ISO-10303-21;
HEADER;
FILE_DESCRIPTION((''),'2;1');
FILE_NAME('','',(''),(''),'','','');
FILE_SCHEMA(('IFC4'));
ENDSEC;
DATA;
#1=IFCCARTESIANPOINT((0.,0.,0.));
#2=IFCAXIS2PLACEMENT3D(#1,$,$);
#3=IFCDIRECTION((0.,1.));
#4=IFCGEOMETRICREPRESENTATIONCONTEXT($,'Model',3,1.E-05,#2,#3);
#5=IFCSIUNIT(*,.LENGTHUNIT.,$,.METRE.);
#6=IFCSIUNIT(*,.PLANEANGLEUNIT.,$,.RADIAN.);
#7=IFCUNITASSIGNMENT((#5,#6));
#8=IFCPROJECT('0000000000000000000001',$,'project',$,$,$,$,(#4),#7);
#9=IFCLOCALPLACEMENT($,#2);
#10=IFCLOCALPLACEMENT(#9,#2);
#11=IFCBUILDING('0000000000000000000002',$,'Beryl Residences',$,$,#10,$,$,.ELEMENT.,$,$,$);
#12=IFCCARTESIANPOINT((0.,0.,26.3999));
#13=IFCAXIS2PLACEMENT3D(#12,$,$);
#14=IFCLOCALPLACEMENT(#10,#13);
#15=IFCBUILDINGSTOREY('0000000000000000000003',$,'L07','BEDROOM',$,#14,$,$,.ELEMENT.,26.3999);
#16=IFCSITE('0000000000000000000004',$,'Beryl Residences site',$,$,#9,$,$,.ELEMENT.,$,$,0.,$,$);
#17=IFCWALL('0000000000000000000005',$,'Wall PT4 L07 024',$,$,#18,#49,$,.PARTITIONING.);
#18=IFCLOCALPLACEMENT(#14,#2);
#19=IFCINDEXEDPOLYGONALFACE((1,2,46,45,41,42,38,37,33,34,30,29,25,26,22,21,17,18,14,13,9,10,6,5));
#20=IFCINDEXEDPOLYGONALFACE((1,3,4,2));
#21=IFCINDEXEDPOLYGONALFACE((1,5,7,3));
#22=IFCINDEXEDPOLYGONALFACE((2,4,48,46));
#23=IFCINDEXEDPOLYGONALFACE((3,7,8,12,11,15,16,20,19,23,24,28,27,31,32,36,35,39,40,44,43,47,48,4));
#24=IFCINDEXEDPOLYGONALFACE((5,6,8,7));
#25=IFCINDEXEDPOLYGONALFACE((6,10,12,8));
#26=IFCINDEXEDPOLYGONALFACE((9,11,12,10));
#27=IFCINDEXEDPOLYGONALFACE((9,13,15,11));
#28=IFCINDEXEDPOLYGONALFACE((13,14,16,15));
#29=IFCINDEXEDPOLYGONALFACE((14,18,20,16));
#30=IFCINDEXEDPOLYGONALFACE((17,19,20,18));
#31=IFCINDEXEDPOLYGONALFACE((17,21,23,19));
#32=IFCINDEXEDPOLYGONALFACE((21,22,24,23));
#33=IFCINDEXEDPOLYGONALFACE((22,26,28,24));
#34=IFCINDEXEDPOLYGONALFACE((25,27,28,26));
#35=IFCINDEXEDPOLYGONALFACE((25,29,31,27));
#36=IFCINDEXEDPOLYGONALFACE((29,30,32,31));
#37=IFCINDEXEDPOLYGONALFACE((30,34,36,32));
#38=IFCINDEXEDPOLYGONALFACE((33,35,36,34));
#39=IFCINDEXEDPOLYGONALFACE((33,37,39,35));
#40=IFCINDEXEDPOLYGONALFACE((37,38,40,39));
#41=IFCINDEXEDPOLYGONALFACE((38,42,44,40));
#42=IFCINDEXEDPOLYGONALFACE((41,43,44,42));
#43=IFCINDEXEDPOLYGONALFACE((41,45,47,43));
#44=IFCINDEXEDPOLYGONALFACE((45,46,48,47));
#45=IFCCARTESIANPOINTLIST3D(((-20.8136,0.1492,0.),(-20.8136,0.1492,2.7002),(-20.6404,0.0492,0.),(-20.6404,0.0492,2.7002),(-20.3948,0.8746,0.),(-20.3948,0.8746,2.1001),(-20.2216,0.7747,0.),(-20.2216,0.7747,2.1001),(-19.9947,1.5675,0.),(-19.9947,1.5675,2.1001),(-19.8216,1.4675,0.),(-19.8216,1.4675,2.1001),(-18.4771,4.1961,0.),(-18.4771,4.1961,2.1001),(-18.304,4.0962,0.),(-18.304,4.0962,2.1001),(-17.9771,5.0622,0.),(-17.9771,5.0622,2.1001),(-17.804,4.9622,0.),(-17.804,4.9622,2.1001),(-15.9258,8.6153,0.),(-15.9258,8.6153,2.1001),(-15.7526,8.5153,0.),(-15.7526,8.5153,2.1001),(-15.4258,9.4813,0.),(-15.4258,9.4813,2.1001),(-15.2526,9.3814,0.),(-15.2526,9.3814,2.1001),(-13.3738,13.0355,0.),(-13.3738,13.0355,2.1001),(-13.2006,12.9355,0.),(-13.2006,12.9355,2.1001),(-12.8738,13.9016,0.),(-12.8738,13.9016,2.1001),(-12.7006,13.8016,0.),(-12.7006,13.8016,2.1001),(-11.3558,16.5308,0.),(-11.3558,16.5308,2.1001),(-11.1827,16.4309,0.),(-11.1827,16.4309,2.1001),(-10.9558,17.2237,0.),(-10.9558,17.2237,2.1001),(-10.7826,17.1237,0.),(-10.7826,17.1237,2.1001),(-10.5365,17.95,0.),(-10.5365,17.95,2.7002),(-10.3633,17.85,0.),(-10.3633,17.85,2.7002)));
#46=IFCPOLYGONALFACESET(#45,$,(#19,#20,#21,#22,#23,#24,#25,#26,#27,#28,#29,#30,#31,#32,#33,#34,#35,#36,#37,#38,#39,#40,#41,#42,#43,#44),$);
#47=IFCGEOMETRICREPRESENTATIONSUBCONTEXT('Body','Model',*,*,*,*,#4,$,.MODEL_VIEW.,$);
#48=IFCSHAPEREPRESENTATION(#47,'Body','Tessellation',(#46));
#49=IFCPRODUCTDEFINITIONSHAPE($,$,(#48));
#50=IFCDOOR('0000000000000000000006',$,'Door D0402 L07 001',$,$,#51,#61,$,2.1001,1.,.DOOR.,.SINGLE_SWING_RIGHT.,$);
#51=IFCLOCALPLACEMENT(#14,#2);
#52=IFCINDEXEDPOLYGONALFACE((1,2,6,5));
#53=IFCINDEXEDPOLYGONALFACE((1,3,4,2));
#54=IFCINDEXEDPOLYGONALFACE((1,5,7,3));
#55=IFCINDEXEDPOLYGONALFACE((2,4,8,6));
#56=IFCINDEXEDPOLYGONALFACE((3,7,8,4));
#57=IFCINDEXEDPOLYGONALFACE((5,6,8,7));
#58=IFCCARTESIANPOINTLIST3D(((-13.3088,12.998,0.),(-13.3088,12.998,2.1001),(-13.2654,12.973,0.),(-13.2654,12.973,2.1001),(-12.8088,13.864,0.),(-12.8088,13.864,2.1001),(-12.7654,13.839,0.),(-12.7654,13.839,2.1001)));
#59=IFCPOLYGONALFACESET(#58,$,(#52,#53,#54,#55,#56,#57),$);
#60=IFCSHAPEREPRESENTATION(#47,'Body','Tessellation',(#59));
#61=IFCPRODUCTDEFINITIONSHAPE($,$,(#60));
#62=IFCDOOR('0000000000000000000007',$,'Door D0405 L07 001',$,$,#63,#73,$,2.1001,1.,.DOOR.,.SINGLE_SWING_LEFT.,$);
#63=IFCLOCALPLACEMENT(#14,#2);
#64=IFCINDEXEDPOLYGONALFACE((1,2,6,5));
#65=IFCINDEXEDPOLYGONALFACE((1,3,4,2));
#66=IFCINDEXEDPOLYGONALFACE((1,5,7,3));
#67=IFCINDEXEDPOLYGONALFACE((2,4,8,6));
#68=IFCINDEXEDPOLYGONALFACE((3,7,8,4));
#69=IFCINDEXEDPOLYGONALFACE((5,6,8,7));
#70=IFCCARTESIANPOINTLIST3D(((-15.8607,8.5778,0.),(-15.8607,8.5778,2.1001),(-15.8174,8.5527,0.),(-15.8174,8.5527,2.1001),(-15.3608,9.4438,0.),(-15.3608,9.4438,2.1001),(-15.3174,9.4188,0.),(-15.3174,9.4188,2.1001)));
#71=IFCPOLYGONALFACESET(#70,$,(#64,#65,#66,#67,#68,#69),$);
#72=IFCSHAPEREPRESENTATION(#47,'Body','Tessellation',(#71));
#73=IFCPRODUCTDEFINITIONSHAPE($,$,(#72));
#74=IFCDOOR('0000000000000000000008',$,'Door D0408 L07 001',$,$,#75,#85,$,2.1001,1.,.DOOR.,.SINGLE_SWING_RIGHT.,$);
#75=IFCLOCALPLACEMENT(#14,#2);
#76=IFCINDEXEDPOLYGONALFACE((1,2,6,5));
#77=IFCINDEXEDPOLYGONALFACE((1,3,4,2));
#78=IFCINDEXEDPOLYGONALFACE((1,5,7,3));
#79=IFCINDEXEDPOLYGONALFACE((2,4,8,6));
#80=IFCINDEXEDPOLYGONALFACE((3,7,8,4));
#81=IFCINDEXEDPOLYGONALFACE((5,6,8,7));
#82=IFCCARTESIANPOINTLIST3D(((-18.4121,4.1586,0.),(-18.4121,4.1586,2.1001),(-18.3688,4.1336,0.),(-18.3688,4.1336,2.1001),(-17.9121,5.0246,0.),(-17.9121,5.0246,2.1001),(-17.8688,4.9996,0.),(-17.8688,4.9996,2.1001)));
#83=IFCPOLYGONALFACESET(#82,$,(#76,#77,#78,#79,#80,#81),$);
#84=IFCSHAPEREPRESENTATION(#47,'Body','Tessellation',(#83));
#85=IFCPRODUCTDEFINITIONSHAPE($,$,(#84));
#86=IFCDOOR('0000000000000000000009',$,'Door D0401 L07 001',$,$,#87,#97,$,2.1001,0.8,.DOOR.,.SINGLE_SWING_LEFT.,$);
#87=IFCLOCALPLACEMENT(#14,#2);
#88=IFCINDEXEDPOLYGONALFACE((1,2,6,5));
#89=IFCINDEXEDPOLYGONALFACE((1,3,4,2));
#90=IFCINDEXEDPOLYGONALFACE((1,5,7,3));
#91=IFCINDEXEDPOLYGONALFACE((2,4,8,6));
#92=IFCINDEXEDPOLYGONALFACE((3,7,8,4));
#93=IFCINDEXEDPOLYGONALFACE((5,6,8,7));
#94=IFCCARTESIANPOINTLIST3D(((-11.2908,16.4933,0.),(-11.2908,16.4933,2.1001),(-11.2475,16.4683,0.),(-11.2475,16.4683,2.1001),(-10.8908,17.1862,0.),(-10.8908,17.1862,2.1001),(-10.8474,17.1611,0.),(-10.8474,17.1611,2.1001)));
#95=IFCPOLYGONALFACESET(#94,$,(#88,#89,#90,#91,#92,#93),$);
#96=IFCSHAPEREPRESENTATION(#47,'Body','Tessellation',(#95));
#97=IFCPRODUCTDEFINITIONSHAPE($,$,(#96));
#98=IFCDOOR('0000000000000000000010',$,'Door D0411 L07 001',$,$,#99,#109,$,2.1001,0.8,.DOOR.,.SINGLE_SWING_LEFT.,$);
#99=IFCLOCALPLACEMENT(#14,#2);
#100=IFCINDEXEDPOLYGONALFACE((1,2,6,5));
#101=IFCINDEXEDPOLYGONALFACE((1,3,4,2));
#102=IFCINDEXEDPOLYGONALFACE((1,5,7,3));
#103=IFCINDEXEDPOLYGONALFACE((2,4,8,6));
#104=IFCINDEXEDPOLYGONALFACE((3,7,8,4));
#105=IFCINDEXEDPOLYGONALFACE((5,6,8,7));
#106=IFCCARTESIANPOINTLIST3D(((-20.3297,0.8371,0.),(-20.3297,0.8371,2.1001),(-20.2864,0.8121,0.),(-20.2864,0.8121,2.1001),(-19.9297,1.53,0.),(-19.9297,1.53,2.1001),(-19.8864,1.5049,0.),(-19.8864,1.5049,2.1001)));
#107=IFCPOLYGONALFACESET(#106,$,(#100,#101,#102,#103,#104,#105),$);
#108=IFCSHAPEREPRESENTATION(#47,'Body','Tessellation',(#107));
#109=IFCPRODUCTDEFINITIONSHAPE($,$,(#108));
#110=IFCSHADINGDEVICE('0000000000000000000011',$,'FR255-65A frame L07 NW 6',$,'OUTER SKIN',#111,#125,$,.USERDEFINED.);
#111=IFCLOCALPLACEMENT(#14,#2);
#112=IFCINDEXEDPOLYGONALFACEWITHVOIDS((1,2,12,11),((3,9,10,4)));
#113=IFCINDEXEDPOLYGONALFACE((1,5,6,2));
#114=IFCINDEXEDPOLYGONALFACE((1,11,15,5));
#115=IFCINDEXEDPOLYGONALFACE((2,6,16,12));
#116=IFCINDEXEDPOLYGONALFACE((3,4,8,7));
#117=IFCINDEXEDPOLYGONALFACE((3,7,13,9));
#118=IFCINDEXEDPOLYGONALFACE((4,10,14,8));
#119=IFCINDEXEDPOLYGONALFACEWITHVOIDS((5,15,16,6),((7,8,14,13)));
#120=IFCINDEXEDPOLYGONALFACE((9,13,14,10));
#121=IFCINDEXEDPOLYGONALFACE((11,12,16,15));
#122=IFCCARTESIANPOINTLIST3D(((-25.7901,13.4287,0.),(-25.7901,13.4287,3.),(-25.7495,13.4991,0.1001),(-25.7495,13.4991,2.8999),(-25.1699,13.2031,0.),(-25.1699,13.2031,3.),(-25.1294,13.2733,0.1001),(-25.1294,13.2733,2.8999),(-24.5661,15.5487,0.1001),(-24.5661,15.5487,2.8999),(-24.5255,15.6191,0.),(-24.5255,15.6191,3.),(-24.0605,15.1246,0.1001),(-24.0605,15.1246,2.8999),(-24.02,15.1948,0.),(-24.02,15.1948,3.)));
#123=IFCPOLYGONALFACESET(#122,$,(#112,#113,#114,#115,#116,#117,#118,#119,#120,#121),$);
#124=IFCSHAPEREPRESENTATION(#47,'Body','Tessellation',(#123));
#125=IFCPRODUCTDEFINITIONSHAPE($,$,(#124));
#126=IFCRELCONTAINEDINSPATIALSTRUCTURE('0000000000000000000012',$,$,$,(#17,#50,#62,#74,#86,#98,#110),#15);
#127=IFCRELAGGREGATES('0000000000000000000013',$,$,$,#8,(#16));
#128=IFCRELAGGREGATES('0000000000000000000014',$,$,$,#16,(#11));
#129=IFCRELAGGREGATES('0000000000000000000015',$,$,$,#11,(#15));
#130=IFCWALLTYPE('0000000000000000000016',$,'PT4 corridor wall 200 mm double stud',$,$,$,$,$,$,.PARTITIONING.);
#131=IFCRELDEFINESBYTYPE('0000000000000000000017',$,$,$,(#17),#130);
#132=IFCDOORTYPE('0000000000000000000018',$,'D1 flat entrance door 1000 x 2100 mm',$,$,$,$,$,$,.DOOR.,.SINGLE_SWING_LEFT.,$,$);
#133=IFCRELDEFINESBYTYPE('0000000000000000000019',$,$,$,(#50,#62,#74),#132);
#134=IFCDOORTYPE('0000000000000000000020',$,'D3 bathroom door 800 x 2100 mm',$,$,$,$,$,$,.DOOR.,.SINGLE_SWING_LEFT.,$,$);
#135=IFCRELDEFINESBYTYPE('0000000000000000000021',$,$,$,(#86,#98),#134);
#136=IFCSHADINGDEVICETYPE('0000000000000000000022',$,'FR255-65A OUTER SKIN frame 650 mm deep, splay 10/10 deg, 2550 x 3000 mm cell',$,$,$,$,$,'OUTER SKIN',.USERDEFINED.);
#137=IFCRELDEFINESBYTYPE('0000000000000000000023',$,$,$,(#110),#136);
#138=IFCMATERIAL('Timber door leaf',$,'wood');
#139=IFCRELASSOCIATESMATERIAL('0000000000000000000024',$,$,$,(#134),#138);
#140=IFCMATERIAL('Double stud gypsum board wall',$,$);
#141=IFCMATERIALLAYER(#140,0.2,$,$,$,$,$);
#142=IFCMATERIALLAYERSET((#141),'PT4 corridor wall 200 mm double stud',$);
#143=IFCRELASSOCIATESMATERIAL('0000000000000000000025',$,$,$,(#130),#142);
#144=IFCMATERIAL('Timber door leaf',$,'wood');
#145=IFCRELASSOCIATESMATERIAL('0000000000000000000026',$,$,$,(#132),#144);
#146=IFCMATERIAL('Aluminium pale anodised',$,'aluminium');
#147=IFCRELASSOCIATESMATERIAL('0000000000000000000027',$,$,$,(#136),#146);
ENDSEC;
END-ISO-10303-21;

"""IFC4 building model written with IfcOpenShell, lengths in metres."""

from ifc_helpers import new_model, entity, si_unit, direction, frame, frame_2d, origin, place, context, subcontext, project, spatial, rectangle, extrude, source, transform, mapped, material, layer, layer_set, type_object, type_shapes, element, fill, save


model = new_model("IFC4")

# Units and contexts
model_context = context("Model", 3, precision=1e-05, world=origin(), true_north=direction((0.0, 1.0)))
body_context = subcontext(model_context, "Body", "Model", "MODEL_VIEW")
ifc_project = project(units=[si_unit("LENGTHUNIT", "METRE"), si_unit("PLANEANGLEUNIT", "RADIAN")], contexts=[model_context])

# Site, building, storey
site_placement = place(None, origin())
site = spatial("IfcSite", under=ifc_project, at=site_placement, Name="Beryl Residences site", CompositionType="ELEMENT", RefElevation=0.0)
building_placement = place(site_placement, origin())
building = spatial("IfcBuilding", under=site, at=building_placement, Name="Beryl Residences", CompositionType="ELEMENT")
storey_placement = place(building_placement, frame((0.0, 0.0, 26.3999)))
storey = spatial("IfcBuildingStorey", under=building, at=storey_placement, Name="L07", Description="BEDROOM", CompositionType="ELEMENT", Elevation=26.3999)

# Shared definitions
ifc_material_1 = material(Name="Timber door leaf", Category="wood")
door_type_1 = type_object("IfcDoorType", Name="D3 bathroom door 800 x 2100 mm", OperationType="SINGLE_SWING_LEFT", PredefinedType="DOOR", material=ifc_material_1)

# Shared definitions
ifc_material_2 = material(Name="Double stud gypsum board wall")
ifc_layer_1 = layer(ifc_material_2, 0.2)
ifc_layer_set_1 = layer_set([ifc_layer_1], Name="PT4 corridor wall 200 mm double stud")
wall_type_1 = type_object("IfcWallType", Name="PT4 corridor wall 200 mm double stud", PredefinedType="PARTITIONING", material=ifc_layer_set_1)

# Shared definitions
ifc_material_3 = material(Name="Timber door leaf", Category="wood")
door_type_2 = type_object("IfcDoorType", Name="D1 flat entrance door 1000 x 2100 mm", OperationType="SINGLE_SWING_LEFT", PredefinedType="DOOR", material=ifc_material_3)

# Wall, openings, doors
wall_1_placement = place(storey_placement, frame((-20.7271, 0.0991, 0.0), z_axis=(0.0, 0.0, 1.0), x_axis=(0.499993, 0.866029, 0.0)))
wall_1 = element("IfcWall", 1, at=wall_1_placement, inside=storey, type_object=wall_type_1, Name="Wall PT4 L07 024", PredefinedType="PARTITIONING", context=body_context, shape_type="SweptSolid", body=[
    extrude(rectangle(XDim=20.5544, YDim=0.2, at=frame_2d((10.2773, 0.0))), origin(), (0.0, 0.0, 1.0), 2.7002),
])
opening_1_placement = place(wall_1_placement, frame((18.916, 0.0, 0.0)))
opening_1 = element("IfcOpeningElement", 2, at=opening_1_placement, cuts=wall_1, PredefinedType="OPENING", context=body_context, shape_type="SweptSolid", body=[
    extrude(rectangle(XDim=0.8, YDim=2.1001, at=frame_2d((0.3999, 1.05))), frame((0.0, 0.1099, 0.0), z_axis=(0.0, -1.0, 0.0), x_axis=(1.0, 0.0, 0.0)), (0.0, 0.0, 1.0), 0.22),
])
opening_2_placement = place(wall_1_placement, frame((14.8799, 0.0, 0.0)))
opening_2 = element("IfcOpeningElement", 3, at=opening_2_placement, cuts=wall_1, PredefinedType="OPENING", context=body_context, shape_type="SweptSolid", body=[
    extrude(rectangle(XDim=1.0, YDim=2.1001, at=frame_2d((0.5, 1.05))), frame((0.0, 0.1099, 0.0), z_axis=(0.0, -1.0, 0.0), x_axis=(1.0, 0.0, 0.0)), (0.0, 0.0, 1.0), 0.22),
])
opening_3_placement = place(wall_1_placement, frame((9.7759, 0.0, 0.0)))
opening_3 = element("IfcOpeningElement", 4, at=opening_3_placement, cuts=wall_1, PredefinedType="OPENING", context=body_context, shape_type="SweptSolid", body=[
    extrude(rectangle(XDim=1.0, YDim=2.1001, at=frame_2d((0.5, 1.05))), frame((0.0, 0.1099, 0.0), z_axis=(0.0, -1.0, 0.0), x_axis=(1.0, 0.0, 0.0)), (0.0, 0.0, 1.0), 0.22),
])
opening_4_placement = place(wall_1_placement, frame((4.6731, 0.0, 0.0)))
opening_4 = element("IfcOpeningElement", 5, at=opening_4_placement, cuts=wall_1, PredefinedType="OPENING", context=body_context, shape_type="SweptSolid", body=[
    extrude(rectangle(XDim=1.0, YDim=2.1001, at=frame_2d((0.5, 1.05))), frame((0.0, 0.1099, 0.0), z_axis=(0.0, -1.0, 0.0), x_axis=(1.0, 0.0, 0.0)), (0.0, 0.0, 1.0), 0.22),
])
opening_5_placement = place(wall_1_placement, frame((0.8379, 0.0, 0.0)))
opening_5 = element("IfcOpeningElement", 6, at=opening_5_placement, cuts=wall_1, PredefinedType="OPENING", context=body_context, shape_type="SweptSolid", body=[
    extrude(rectangle(XDim=0.8, YDim=2.1001, at=frame_2d((0.3999, 1.05))), frame((0.0, 0.1099, 0.0), z_axis=(0.0, -1.0, 0.0), x_axis=(1.0, 0.0, 0.0)), (0.0, 0.0, 1.0), 0.22),
])
door_1_placement = place(opening_2_placement, origin())
door_1 = element("IfcDoor", 7, at=door_1_placement, inside=storey, type_object=door_type_2, Name="Door D0402 L07 001", OperationType="SINGLE_SWING_RIGHT", OverallHeight=2.1001, OverallWidth=1.0, PredefinedType="DOOR", context=body_context, shape_type="SweptSolid", body=[
    extrude(rectangle(XDim=1.0, YDim=2.1001, at=frame_2d((0.5, 1.05))), frame((0.0, 0.0249, 0.0), z_axis=(0.0, -1.0, 0.0), x_axis=(1.0, 0.0, 0.0)), (0.0, 0.0, 1.0), 0.05),
])
fill(opening_2, door_1)
door_2_placement = place(opening_3_placement, origin())
door_2 = element("IfcDoor", 8, at=door_2_placement, inside=storey, type_object=door_type_2, Name="Door D0405 L07 001", OperationType="SINGLE_SWING_LEFT", OverallHeight=2.1001, OverallWidth=1.0, PredefinedType="DOOR", context=body_context, shape_type="SweptSolid", body=[
    extrude(rectangle(XDim=1.0, YDim=2.1001, at=frame_2d((0.5, 1.05))), frame((0.0, 0.0249, 0.0), z_axis=(0.0, -1.0, 0.0), x_axis=(1.0, 0.0, 0.0)), (0.0, 0.0, 1.0), 0.05),
])
fill(opening_3, door_2)
door_3_placement = place(opening_4_placement, origin())
door_3 = element("IfcDoor", 9, at=door_3_placement, inside=storey, type_object=door_type_2, Name="Door D0408 L07 001", OperationType="SINGLE_SWING_RIGHT", OverallHeight=2.1001, OverallWidth=1.0, PredefinedType="DOOR", context=body_context, shape_type="SweptSolid", body=[
    extrude(rectangle(XDim=1.0, YDim=2.1001, at=frame_2d((0.5, 1.05))), frame((0.0, 0.0249, 0.0), z_axis=(0.0, -1.0, 0.0), x_axis=(1.0, 0.0, 0.0)), (0.0, 0.0, 1.0), 0.05),
])
fill(opening_4, door_3)
door_4_placement = place(opening_1_placement, origin())
door_4 = element("IfcDoor", 10, at=door_4_placement, inside=storey, type_object=door_type_1, Name="Door D0401 L07 001", OperationType="SINGLE_SWING_LEFT", OverallHeight=2.1001, OverallWidth=0.8, PredefinedType="DOOR", context=body_context, shape_type="SweptSolid", body=[
    extrude(rectangle(XDim=0.8, YDim=2.1001, at=frame_2d((0.3999, 1.05))), frame((0.0, 0.0249, 0.0), z_axis=(0.0, -1.0, 0.0), x_axis=(1.0, 0.0, 0.0)), (0.0, 0.0, 1.0), 0.05),
])
fill(opening_1, door_4)
door_5_placement = place(opening_5_placement, origin())
door_5 = element("IfcDoor", 11, at=door_5_placement, inside=storey, type_object=door_type_1, Name="Door D0411 L07 001", OperationType="SINGLE_SWING_LEFT", OverallHeight=2.1001, OverallWidth=0.8, PredefinedType="DOOR", context=body_context, shape_type="SweptSolid", body=[
    extrude(rectangle(XDim=0.8, YDim=2.1001, at=frame_2d((0.3999, 1.05))), frame((0.0, 0.0249, 0.0), z_axis=(0.0, -1.0, 0.0), x_axis=(1.0, 0.0, 0.0)), (0.0, 0.0, 1.0), 0.05),
])
fill(opening_5, door_5)

# Shading device
ifc_material_4 = material(Name="Aluminium pale anodised", Category="aluminium")
shading_device_type = type_object("IfcShadingDeviceType", Name="FR255-65A OUTER SKIN frame 650 mm deep, splay 10/10 deg, 2550 x 3000 mm cell", ElementType="OUTER SKIN", PredefinedType="USERDEFINED", material=ifc_material_4)
cartesian_point_1 = entity("IfcCartesianPoint", [-1.1499, 0.0])
cartesian_point_2 = entity("IfcCartesianPoint", [-1.0688, 0.1001])
cartesian_point_3 = entity("IfcCartesianPoint", [-1.2646, 0.0])
cartesian_point_4 = entity("IfcCartesianPoint", [-1.1833, 0.1001])
shared_shape = source(origin(), body_context, "Body", "SweptSolid", [
    entity("IfcExtrudedAreaSolidTapered", entity("IfcArbitraryProfileDefWithVoids", "AREA", None, entity("IfcPolyline", [cartesian_point_1, entity("IfcCartesianPoint", [1.1499, 0.0]), entity("IfcCartesianPoint", [1.1499, 3.0]), entity("IfcCartesianPoint", [-1.1499, 3.0]), cartesian_point_1]), [entity("IfcPolyline", [cartesian_point_2, entity("IfcCartesianPoint", [1.0688, 0.1001]), entity("IfcCartesianPoint", [1.0688, 2.8999]), entity("IfcCartesianPoint", [-1.0688, 2.8999]), cartesian_point_2])]), entity("IfcAxis2Placement3D", entity("IfcCartesianPoint", [0.0, 0.0, 0.0]), entity("IfcDirection", [0.0, 1.0, 0.0]), entity("IfcDirection", [-1.0, 0.0, 0.0])), entity("IfcDirection", [0.0, 0.0, 1.0]), 0.6499, entity("IfcArbitraryProfileDefWithVoids", "AREA", None, entity("IfcPolyline", [cartesian_point_3, entity("IfcCartesianPoint", [1.2646, 0.0]), entity("IfcCartesianPoint", [1.2646, 3.0]), entity("IfcCartesianPoint", [-1.2646, 3.0]), cartesian_point_3]), [entity("IfcPolyline", [cartesian_point_4, entity("IfcCartesianPoint", [1.1833, 0.1001]), entity("IfcCartesianPoint", [1.1833, 2.8999]), entity("IfcCartesianPoint", [-1.1833, 2.8999]), cartesian_point_4])])),
])
type_shapes(shading_device_type, [shared_shape])
shading_device_placement = place(storey_placement, frame((-24.595, 14.199, 0.0), z_axis=(0.0, 0.0, 1.0), x_axis=(0.5, 0.866025, 0.0)))
element("IfcShadingDevice", 12, at=shading_device_placement, inside=storey, type_object=shading_device_type, Name="FR255-65A frame L07 NW 6", ObjectType="OUTER SKIN", PredefinedType="USERDEFINED", context=body_context, shape_type="MappedRepresentation", body=[
    mapped(shared_shape, transform((0.0, 0.0, 0.0))),
])

save(model, "model.ifc")
